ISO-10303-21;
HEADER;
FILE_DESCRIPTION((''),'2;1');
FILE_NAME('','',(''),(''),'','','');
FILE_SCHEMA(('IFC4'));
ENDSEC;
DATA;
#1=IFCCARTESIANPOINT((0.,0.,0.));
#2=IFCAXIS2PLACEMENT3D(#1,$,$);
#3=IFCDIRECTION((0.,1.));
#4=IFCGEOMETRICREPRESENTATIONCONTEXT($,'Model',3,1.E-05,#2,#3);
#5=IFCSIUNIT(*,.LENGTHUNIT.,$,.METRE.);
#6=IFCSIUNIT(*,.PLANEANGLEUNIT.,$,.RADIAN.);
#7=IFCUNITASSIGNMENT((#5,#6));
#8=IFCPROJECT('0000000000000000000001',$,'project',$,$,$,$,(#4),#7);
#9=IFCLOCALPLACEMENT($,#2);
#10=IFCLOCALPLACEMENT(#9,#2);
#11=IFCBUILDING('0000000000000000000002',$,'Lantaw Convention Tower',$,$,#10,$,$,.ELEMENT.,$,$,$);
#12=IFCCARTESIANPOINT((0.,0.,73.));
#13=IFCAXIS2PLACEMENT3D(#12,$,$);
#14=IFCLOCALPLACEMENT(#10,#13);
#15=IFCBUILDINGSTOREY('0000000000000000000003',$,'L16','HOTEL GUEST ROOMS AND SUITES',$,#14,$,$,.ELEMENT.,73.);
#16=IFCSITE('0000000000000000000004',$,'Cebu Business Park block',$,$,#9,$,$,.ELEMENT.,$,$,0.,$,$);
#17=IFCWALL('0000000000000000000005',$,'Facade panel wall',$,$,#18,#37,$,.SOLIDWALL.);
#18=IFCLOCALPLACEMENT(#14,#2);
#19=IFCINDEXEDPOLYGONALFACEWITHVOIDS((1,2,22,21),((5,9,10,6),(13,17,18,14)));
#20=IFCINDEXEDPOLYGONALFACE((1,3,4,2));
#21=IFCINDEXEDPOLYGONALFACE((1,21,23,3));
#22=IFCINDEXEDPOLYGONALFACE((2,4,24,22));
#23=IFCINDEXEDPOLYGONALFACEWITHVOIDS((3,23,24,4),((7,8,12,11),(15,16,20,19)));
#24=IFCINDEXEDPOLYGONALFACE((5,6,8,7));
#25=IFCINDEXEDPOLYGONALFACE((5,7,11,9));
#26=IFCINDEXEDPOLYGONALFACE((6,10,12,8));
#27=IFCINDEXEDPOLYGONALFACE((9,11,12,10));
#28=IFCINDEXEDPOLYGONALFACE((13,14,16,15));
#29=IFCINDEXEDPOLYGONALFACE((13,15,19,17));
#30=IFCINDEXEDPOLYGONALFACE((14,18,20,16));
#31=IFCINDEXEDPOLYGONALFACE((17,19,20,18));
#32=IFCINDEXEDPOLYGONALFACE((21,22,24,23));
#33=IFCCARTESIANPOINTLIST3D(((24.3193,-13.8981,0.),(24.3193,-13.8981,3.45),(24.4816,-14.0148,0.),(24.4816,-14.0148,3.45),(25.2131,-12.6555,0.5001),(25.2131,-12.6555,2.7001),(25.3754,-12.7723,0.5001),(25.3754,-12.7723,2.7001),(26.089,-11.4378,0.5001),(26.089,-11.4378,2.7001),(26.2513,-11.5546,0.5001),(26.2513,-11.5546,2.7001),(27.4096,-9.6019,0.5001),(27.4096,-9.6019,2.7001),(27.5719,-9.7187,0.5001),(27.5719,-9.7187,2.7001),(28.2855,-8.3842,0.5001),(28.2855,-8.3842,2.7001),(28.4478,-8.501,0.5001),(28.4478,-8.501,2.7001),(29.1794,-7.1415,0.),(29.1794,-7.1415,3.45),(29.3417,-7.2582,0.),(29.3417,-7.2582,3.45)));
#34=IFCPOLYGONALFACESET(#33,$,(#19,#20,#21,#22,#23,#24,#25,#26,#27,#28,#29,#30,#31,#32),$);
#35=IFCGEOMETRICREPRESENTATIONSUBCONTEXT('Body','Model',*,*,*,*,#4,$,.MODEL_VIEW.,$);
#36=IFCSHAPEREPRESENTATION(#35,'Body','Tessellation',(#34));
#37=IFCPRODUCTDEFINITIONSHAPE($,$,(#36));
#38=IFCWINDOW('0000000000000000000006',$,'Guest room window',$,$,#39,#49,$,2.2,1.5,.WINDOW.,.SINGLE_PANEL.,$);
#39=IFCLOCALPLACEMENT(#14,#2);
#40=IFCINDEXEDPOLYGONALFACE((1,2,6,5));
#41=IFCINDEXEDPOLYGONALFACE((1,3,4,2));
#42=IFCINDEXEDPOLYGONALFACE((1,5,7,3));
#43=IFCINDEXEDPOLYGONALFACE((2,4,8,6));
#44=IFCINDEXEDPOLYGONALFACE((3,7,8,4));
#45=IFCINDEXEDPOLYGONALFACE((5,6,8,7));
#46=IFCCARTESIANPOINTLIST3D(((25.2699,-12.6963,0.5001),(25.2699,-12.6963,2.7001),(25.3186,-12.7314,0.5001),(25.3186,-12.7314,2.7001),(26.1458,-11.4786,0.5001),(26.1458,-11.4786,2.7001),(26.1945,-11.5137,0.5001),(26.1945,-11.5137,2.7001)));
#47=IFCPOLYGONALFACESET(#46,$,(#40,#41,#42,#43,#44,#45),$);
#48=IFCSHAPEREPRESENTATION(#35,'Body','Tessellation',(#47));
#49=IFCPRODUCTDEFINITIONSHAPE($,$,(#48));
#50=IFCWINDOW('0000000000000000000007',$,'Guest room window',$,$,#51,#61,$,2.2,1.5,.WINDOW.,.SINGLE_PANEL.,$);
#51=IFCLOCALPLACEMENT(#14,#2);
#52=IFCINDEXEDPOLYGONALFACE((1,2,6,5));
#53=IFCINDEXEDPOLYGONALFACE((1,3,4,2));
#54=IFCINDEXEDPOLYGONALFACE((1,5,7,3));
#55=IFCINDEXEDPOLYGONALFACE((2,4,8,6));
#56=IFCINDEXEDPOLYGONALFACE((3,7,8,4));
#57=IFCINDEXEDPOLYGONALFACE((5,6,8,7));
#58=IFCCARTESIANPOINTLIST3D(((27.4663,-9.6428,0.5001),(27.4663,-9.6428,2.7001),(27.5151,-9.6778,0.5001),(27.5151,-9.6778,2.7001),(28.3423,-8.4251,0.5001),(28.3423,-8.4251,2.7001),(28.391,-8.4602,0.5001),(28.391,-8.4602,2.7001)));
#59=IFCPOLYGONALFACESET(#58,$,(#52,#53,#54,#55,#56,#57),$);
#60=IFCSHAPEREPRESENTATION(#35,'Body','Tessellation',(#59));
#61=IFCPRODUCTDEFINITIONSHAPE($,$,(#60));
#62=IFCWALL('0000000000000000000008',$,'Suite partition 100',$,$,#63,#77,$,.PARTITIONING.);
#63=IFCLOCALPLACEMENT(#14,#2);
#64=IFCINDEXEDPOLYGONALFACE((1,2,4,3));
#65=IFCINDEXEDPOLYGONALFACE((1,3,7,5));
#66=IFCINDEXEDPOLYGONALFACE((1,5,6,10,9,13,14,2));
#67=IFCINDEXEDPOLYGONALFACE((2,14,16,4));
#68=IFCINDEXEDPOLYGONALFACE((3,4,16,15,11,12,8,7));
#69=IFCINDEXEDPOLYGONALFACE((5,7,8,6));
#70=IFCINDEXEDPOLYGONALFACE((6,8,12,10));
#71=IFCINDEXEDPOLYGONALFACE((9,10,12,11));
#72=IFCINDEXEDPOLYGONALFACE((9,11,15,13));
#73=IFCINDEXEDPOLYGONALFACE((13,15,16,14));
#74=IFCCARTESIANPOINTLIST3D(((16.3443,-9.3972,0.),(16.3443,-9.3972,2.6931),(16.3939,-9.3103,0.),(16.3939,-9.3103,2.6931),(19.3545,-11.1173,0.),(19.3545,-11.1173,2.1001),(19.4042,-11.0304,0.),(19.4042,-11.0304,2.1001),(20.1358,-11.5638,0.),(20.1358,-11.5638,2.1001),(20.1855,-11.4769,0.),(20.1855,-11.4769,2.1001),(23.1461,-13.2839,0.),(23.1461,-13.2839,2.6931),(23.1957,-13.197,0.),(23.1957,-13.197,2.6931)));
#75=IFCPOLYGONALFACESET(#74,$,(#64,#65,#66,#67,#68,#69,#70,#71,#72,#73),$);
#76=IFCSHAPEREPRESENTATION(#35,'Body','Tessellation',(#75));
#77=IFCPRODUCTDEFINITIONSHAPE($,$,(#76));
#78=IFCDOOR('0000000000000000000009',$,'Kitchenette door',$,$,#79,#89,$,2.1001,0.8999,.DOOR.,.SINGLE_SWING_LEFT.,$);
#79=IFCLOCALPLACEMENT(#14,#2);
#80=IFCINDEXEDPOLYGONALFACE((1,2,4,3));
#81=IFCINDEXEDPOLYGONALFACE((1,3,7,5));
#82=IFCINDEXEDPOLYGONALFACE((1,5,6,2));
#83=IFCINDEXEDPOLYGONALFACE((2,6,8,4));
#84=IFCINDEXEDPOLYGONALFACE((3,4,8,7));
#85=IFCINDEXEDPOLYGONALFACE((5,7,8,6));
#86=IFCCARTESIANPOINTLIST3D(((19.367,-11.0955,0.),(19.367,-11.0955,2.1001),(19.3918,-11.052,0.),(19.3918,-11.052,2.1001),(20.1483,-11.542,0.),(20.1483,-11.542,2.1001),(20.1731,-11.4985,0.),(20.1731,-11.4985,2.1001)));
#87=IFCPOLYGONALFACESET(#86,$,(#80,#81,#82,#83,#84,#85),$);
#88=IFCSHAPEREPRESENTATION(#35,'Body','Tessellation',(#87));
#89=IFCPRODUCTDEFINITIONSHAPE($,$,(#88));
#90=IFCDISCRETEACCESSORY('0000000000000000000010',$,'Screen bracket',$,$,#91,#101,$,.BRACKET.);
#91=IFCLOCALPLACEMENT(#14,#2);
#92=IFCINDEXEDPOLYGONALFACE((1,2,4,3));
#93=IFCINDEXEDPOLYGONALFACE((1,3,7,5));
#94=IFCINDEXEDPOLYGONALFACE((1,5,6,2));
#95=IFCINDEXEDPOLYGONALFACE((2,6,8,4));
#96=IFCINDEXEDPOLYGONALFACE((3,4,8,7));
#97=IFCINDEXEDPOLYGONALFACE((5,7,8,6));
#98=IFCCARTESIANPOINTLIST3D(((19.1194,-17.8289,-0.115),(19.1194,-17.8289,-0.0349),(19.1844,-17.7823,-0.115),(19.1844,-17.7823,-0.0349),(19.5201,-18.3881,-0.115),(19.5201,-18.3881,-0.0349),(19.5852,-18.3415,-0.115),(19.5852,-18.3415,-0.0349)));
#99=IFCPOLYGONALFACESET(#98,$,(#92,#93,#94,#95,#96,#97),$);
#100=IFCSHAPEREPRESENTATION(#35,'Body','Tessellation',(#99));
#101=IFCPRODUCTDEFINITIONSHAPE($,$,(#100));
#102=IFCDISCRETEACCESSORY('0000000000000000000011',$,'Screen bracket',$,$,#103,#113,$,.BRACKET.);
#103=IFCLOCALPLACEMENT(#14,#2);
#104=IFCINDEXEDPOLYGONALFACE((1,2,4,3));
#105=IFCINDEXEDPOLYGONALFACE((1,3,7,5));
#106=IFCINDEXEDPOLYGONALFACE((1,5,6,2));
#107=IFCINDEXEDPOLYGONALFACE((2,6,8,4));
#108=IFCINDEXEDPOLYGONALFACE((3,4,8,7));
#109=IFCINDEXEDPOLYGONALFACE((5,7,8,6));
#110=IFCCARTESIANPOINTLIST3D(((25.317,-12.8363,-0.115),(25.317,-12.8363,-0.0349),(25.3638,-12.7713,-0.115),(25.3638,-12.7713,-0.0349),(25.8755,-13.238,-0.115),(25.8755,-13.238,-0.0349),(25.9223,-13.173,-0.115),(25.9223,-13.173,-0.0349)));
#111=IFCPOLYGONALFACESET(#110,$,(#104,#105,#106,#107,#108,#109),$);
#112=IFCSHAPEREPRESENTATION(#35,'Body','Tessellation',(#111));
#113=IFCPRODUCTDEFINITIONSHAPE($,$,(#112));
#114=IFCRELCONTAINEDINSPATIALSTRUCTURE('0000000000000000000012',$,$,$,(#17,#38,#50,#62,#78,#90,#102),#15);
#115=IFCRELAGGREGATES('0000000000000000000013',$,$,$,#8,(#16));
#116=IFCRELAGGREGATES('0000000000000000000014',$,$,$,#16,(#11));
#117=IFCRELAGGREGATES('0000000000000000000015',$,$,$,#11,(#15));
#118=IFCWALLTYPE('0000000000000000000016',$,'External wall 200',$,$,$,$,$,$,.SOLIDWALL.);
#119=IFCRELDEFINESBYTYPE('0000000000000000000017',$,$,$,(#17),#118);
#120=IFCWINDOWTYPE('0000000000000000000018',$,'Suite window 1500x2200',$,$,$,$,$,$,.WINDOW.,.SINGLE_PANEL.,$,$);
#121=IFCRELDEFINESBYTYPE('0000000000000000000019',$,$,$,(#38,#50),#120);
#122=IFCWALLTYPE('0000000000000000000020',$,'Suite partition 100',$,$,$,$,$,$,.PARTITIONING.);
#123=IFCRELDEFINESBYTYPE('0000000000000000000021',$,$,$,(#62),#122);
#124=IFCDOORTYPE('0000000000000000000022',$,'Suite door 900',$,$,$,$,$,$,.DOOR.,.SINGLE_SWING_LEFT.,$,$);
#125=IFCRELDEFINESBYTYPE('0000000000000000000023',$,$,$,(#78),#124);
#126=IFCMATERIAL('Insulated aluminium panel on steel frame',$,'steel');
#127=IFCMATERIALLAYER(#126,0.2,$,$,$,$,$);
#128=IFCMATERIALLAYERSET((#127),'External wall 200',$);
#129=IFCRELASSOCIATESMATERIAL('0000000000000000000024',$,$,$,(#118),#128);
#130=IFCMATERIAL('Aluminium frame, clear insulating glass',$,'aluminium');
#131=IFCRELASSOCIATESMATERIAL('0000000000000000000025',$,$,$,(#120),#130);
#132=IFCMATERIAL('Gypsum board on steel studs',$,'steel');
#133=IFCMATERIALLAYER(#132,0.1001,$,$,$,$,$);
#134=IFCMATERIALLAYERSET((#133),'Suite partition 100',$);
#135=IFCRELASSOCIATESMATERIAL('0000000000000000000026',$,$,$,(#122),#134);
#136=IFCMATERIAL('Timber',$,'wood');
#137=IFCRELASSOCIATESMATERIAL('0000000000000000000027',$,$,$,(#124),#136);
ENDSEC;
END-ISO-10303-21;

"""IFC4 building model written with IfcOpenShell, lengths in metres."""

from ifc_helpers import new_model, si_unit, direction, frame, frame_2d, origin, origin_2d, place, context, subcontext, project, spatial, rectangle, extrude, material, layer, layer_set, type_object, element, fill, save


model = new_model("IFC4")

# Units and contexts
model_context = context("Model", 3, precision=1e-05, world=origin(), true_north=direction((0.0, 1.0)))
body_context = subcontext(model_context, "Body", "Model", "MODEL_VIEW")
ifc_project = project(units=[si_unit("LENGTHUNIT", "METRE"), si_unit("PLANEANGLEUNIT", "RADIAN")], contexts=[model_context])

# Site, building, storey
site_placement = place(None, origin())
site = spatial("IfcSite", under=ifc_project, at=site_placement, Name="Cebu Business Park block", CompositionType="ELEMENT", RefElevation=0.0)
building_placement = place(site_placement, origin())
building = spatial("IfcBuilding", under=site, at=building_placement, Name="Lantaw Convention Tower", CompositionType="ELEMENT")
storey_placement = place(building_placement, frame((0.0, 0.0, 73.0)))
storey = spatial("IfcBuildingStorey", under=building, at=storey_placement, Name="L16", Description="HOTEL GUEST ROOMS AND SUITES", CompositionType="ELEMENT", Elevation=73.0)

# Wall, openings, windows
ifc_material_1 = material(Name="Insulated aluminium panel on steel frame", Category="steel")
ifc_layer_1 = layer(ifc_material_1, 0.2)
ifc_layer_set_1 = layer_set([ifc_layer_1], Name="External wall 200")
wall_type_1 = type_object("IfcWallType", Name="External wall 200", PredefinedType="SOLIDWALL", material=ifc_layer_set_1)
wall_1_placement = place(storey_placement, frame((24.4004, -13.9565, 0.0), z_axis=(0.0, 0.0, 1.0), x_axis=(0.583938, 0.811799, 0.0)))
wall_1 = element("IfcWall", 1, at=wall_1_placement, inside=storey, type_object=wall_type_1, Name="Facade panel wall", PredefinedType="SOLIDWALL", context=body_context, shape_type="SweptSolid", body=[
    extrude(rectangle(XDim=8.323, YDim=0.2, at=frame_2d((4.1616, 0.0))), origin(), (0.0, 0.0, 1.0), 3.45),
])
opening_1_placement = place(wall_1_placement, frame((1.5308, 0.0, 0.5)))
opening_1 = element("IfcOpeningElement", 2, at=opening_1_placement, cuts=wall_1, PredefinedType="OPENING", context=body_context, shape_type="SweptSolid", body=[
    extrude(rectangle(XDim=1.5, YDim=2.2, at=frame_2d((0.75, 1.1001))), frame((0.0, 0.1099, 0.0), z_axis=(0.0, -1.0, 0.0), x_axis=(1.0, 0.0, 0.0)), (0.0, 0.0, 1.0), 0.22),
])
opening_2_placement = place(wall_1_placement, frame((5.2922, 0.0, 0.5)))
opening_2 = element("IfcOpeningElement", 3, at=opening_2_placement, cuts=wall_1, PredefinedType="OPENING", context=body_context, shape_type="SweptSolid", body=[
    extrude(rectangle(XDim=1.5, YDim=2.2, at=frame_2d((0.75, 1.1001))), frame((0.0, 0.1099, 0.0), z_axis=(0.0, -1.0, 0.0), x_axis=(1.0, 0.0, 0.0)), (0.0, 0.0, 1.0), 0.22),
])
ifc_material_2 = material(Name="Aluminium frame, clear insulating glass", Category="aluminium")
window_type = type_object("IfcWindowType", Name="Suite window 1500x2200", PartitioningType="SINGLE_PANEL", PredefinedType="WINDOW", material=ifc_material_2)
window_1_placement = place(opening_1_placement, origin())
window_1 = element("IfcWindow", 4, at=window_1_placement, inside=storey, type_object=window_type, Name="Guest room window", OverallHeight=2.2, OverallWidth=1.5, PartitioningType="SINGLE_PANEL", PredefinedType="WINDOW", context=body_context, shape_type="SweptSolid", body=[
    extrude(rectangle(XDim=1.5, YDim=2.2, at=frame_2d((0.75, 1.1001))), frame((0.0, 0.03, 0.0), z_axis=(0.0, -1.0, 0.0), x_axis=(1.0, 0.0, 0.0)), (0.0, 0.0, 1.0), 0.0601),
])
fill(opening_1, window_1)
window_2_placement = place(opening_2_placement, origin())
window_2 = element("IfcWindow", 5, at=window_2_placement, inside=storey, type_object=window_type, Name="Guest room window", OverallHeight=2.2, OverallWidth=1.5, PartitioningType="SINGLE_PANEL", PredefinedType="WINDOW", context=body_context, shape_type="SweptSolid", body=[
    extrude(rectangle(XDim=1.5, YDim=2.2, at=frame_2d((0.75, 1.1001))), frame((0.0, 0.03, 0.0), z_axis=(0.0, -1.0, 0.0), x_axis=(1.0, 0.0, 0.0)), (0.0, 0.0, 1.0), 0.0601),
])
fill(opening_2, window_2)

# Wall, opening, door
ifc_material_3 = material(Name="Gypsum board on steel studs", Category="steel")
ifc_layer_2 = layer(ifc_material_3, 0.1001)
ifc_layer_set_2 = layer_set([ifc_layer_2], Name="Suite partition 100")
wall_type_2 = type_object("IfcWallType", Name="Suite partition 100", PredefinedType="PARTITIONING", material=ifc_layer_set_2)
wall_2_placement = place(storey_placement, frame((23.1709, -13.2405, 0.0), z_axis=(0.0, 0.0, 1.0), x_axis=(-0.868243, 0.496139, 0.0)))
wall_2 = element("IfcWall", 6, at=wall_2_placement, inside=storey, type_object=wall_type_2, Name="Suite partition 100", PredefinedType="PARTITIONING", context=body_context, shape_type="SweptSolid", body=[
    extrude(rectangle(XDim=7.834, YDim=0.1001, at=frame_2d((3.917, 0.0))), origin(), (0.0, 0.0, 1.0), 2.6931),
])
opening_3_placement = place(wall_2_placement, frame((3.467, 0.0, 0.0)))
opening_3 = element("IfcOpeningElement", 7, at=opening_3_placement, cuts=wall_2, PredefinedType="OPENING", context=body_context, shape_type="SweptSolid", body=[
    extrude(rectangle(XDim=0.8999, YDim=2.1001, at=frame_2d((0.45, 1.05))), frame((0.0, 0.0601, 0.0), z_axis=(0.0, -1.0, 0.0), x_axis=(1.0, 0.0, 0.0)), (0.0, 0.0, 1.0), 0.1201),
])
ifc_material_4 = material(Name="Timber", Category="wood")
door_type = type_object("IfcDoorType", Name="Suite door 900", OperationType="SINGLE_SWING_LEFT", PredefinedType="DOOR", material=ifc_material_4)
door_placement = place(opening_3_placement, origin())
door = element("IfcDoor", 8, at=door_placement, inside=storey, type_object=door_type, Name="Kitchenette door", OperationType="SINGLE_SWING_LEFT", OverallHeight=2.1001, OverallWidth=0.8999, PredefinedType="DOOR", context=body_context, shape_type="SweptSolid", body=[
    extrude(rectangle(XDim=0.8999, YDim=2.1001, at=frame_2d((0.45, 1.05))), frame((0.0, 0.0249, 0.0), z_axis=(0.0, -1.0, 0.0), x_axis=(1.0, 0.0, 0.0)), (0.0, 0.0, 1.0), 0.05),
])
fill(opening_3, door)

# Discrete accessories
for number, where, z_axis, x_axis, name in (
    (9, (19.3523, -18.0852, -0.115), (0.0, 0.0, 1.0), (0.812804, 0.582538, 0.0), "Screen bracket"),
    (10, (25.6196, -13.0046, -0.115), (0.0, 0.0, 1.0), (0.583951, 0.811789, 0.0), "Screen bracket"),
):
    element("IfcDiscreteAccessory", number, at=place(storey_placement, frame(where, z_axis=z_axis, x_axis=x_axis)), inside=storey, Name=name, PredefinedType="BRACKET", context=body_context, shape_type="SweptSolid", body=[
        extrude(rectangle(XDim=0.0801, YDim=0.688, at=origin_2d()), origin(), (0.0, 0.0, 1.0), 0.0801),
    ])

save(model, "model.ifc")
